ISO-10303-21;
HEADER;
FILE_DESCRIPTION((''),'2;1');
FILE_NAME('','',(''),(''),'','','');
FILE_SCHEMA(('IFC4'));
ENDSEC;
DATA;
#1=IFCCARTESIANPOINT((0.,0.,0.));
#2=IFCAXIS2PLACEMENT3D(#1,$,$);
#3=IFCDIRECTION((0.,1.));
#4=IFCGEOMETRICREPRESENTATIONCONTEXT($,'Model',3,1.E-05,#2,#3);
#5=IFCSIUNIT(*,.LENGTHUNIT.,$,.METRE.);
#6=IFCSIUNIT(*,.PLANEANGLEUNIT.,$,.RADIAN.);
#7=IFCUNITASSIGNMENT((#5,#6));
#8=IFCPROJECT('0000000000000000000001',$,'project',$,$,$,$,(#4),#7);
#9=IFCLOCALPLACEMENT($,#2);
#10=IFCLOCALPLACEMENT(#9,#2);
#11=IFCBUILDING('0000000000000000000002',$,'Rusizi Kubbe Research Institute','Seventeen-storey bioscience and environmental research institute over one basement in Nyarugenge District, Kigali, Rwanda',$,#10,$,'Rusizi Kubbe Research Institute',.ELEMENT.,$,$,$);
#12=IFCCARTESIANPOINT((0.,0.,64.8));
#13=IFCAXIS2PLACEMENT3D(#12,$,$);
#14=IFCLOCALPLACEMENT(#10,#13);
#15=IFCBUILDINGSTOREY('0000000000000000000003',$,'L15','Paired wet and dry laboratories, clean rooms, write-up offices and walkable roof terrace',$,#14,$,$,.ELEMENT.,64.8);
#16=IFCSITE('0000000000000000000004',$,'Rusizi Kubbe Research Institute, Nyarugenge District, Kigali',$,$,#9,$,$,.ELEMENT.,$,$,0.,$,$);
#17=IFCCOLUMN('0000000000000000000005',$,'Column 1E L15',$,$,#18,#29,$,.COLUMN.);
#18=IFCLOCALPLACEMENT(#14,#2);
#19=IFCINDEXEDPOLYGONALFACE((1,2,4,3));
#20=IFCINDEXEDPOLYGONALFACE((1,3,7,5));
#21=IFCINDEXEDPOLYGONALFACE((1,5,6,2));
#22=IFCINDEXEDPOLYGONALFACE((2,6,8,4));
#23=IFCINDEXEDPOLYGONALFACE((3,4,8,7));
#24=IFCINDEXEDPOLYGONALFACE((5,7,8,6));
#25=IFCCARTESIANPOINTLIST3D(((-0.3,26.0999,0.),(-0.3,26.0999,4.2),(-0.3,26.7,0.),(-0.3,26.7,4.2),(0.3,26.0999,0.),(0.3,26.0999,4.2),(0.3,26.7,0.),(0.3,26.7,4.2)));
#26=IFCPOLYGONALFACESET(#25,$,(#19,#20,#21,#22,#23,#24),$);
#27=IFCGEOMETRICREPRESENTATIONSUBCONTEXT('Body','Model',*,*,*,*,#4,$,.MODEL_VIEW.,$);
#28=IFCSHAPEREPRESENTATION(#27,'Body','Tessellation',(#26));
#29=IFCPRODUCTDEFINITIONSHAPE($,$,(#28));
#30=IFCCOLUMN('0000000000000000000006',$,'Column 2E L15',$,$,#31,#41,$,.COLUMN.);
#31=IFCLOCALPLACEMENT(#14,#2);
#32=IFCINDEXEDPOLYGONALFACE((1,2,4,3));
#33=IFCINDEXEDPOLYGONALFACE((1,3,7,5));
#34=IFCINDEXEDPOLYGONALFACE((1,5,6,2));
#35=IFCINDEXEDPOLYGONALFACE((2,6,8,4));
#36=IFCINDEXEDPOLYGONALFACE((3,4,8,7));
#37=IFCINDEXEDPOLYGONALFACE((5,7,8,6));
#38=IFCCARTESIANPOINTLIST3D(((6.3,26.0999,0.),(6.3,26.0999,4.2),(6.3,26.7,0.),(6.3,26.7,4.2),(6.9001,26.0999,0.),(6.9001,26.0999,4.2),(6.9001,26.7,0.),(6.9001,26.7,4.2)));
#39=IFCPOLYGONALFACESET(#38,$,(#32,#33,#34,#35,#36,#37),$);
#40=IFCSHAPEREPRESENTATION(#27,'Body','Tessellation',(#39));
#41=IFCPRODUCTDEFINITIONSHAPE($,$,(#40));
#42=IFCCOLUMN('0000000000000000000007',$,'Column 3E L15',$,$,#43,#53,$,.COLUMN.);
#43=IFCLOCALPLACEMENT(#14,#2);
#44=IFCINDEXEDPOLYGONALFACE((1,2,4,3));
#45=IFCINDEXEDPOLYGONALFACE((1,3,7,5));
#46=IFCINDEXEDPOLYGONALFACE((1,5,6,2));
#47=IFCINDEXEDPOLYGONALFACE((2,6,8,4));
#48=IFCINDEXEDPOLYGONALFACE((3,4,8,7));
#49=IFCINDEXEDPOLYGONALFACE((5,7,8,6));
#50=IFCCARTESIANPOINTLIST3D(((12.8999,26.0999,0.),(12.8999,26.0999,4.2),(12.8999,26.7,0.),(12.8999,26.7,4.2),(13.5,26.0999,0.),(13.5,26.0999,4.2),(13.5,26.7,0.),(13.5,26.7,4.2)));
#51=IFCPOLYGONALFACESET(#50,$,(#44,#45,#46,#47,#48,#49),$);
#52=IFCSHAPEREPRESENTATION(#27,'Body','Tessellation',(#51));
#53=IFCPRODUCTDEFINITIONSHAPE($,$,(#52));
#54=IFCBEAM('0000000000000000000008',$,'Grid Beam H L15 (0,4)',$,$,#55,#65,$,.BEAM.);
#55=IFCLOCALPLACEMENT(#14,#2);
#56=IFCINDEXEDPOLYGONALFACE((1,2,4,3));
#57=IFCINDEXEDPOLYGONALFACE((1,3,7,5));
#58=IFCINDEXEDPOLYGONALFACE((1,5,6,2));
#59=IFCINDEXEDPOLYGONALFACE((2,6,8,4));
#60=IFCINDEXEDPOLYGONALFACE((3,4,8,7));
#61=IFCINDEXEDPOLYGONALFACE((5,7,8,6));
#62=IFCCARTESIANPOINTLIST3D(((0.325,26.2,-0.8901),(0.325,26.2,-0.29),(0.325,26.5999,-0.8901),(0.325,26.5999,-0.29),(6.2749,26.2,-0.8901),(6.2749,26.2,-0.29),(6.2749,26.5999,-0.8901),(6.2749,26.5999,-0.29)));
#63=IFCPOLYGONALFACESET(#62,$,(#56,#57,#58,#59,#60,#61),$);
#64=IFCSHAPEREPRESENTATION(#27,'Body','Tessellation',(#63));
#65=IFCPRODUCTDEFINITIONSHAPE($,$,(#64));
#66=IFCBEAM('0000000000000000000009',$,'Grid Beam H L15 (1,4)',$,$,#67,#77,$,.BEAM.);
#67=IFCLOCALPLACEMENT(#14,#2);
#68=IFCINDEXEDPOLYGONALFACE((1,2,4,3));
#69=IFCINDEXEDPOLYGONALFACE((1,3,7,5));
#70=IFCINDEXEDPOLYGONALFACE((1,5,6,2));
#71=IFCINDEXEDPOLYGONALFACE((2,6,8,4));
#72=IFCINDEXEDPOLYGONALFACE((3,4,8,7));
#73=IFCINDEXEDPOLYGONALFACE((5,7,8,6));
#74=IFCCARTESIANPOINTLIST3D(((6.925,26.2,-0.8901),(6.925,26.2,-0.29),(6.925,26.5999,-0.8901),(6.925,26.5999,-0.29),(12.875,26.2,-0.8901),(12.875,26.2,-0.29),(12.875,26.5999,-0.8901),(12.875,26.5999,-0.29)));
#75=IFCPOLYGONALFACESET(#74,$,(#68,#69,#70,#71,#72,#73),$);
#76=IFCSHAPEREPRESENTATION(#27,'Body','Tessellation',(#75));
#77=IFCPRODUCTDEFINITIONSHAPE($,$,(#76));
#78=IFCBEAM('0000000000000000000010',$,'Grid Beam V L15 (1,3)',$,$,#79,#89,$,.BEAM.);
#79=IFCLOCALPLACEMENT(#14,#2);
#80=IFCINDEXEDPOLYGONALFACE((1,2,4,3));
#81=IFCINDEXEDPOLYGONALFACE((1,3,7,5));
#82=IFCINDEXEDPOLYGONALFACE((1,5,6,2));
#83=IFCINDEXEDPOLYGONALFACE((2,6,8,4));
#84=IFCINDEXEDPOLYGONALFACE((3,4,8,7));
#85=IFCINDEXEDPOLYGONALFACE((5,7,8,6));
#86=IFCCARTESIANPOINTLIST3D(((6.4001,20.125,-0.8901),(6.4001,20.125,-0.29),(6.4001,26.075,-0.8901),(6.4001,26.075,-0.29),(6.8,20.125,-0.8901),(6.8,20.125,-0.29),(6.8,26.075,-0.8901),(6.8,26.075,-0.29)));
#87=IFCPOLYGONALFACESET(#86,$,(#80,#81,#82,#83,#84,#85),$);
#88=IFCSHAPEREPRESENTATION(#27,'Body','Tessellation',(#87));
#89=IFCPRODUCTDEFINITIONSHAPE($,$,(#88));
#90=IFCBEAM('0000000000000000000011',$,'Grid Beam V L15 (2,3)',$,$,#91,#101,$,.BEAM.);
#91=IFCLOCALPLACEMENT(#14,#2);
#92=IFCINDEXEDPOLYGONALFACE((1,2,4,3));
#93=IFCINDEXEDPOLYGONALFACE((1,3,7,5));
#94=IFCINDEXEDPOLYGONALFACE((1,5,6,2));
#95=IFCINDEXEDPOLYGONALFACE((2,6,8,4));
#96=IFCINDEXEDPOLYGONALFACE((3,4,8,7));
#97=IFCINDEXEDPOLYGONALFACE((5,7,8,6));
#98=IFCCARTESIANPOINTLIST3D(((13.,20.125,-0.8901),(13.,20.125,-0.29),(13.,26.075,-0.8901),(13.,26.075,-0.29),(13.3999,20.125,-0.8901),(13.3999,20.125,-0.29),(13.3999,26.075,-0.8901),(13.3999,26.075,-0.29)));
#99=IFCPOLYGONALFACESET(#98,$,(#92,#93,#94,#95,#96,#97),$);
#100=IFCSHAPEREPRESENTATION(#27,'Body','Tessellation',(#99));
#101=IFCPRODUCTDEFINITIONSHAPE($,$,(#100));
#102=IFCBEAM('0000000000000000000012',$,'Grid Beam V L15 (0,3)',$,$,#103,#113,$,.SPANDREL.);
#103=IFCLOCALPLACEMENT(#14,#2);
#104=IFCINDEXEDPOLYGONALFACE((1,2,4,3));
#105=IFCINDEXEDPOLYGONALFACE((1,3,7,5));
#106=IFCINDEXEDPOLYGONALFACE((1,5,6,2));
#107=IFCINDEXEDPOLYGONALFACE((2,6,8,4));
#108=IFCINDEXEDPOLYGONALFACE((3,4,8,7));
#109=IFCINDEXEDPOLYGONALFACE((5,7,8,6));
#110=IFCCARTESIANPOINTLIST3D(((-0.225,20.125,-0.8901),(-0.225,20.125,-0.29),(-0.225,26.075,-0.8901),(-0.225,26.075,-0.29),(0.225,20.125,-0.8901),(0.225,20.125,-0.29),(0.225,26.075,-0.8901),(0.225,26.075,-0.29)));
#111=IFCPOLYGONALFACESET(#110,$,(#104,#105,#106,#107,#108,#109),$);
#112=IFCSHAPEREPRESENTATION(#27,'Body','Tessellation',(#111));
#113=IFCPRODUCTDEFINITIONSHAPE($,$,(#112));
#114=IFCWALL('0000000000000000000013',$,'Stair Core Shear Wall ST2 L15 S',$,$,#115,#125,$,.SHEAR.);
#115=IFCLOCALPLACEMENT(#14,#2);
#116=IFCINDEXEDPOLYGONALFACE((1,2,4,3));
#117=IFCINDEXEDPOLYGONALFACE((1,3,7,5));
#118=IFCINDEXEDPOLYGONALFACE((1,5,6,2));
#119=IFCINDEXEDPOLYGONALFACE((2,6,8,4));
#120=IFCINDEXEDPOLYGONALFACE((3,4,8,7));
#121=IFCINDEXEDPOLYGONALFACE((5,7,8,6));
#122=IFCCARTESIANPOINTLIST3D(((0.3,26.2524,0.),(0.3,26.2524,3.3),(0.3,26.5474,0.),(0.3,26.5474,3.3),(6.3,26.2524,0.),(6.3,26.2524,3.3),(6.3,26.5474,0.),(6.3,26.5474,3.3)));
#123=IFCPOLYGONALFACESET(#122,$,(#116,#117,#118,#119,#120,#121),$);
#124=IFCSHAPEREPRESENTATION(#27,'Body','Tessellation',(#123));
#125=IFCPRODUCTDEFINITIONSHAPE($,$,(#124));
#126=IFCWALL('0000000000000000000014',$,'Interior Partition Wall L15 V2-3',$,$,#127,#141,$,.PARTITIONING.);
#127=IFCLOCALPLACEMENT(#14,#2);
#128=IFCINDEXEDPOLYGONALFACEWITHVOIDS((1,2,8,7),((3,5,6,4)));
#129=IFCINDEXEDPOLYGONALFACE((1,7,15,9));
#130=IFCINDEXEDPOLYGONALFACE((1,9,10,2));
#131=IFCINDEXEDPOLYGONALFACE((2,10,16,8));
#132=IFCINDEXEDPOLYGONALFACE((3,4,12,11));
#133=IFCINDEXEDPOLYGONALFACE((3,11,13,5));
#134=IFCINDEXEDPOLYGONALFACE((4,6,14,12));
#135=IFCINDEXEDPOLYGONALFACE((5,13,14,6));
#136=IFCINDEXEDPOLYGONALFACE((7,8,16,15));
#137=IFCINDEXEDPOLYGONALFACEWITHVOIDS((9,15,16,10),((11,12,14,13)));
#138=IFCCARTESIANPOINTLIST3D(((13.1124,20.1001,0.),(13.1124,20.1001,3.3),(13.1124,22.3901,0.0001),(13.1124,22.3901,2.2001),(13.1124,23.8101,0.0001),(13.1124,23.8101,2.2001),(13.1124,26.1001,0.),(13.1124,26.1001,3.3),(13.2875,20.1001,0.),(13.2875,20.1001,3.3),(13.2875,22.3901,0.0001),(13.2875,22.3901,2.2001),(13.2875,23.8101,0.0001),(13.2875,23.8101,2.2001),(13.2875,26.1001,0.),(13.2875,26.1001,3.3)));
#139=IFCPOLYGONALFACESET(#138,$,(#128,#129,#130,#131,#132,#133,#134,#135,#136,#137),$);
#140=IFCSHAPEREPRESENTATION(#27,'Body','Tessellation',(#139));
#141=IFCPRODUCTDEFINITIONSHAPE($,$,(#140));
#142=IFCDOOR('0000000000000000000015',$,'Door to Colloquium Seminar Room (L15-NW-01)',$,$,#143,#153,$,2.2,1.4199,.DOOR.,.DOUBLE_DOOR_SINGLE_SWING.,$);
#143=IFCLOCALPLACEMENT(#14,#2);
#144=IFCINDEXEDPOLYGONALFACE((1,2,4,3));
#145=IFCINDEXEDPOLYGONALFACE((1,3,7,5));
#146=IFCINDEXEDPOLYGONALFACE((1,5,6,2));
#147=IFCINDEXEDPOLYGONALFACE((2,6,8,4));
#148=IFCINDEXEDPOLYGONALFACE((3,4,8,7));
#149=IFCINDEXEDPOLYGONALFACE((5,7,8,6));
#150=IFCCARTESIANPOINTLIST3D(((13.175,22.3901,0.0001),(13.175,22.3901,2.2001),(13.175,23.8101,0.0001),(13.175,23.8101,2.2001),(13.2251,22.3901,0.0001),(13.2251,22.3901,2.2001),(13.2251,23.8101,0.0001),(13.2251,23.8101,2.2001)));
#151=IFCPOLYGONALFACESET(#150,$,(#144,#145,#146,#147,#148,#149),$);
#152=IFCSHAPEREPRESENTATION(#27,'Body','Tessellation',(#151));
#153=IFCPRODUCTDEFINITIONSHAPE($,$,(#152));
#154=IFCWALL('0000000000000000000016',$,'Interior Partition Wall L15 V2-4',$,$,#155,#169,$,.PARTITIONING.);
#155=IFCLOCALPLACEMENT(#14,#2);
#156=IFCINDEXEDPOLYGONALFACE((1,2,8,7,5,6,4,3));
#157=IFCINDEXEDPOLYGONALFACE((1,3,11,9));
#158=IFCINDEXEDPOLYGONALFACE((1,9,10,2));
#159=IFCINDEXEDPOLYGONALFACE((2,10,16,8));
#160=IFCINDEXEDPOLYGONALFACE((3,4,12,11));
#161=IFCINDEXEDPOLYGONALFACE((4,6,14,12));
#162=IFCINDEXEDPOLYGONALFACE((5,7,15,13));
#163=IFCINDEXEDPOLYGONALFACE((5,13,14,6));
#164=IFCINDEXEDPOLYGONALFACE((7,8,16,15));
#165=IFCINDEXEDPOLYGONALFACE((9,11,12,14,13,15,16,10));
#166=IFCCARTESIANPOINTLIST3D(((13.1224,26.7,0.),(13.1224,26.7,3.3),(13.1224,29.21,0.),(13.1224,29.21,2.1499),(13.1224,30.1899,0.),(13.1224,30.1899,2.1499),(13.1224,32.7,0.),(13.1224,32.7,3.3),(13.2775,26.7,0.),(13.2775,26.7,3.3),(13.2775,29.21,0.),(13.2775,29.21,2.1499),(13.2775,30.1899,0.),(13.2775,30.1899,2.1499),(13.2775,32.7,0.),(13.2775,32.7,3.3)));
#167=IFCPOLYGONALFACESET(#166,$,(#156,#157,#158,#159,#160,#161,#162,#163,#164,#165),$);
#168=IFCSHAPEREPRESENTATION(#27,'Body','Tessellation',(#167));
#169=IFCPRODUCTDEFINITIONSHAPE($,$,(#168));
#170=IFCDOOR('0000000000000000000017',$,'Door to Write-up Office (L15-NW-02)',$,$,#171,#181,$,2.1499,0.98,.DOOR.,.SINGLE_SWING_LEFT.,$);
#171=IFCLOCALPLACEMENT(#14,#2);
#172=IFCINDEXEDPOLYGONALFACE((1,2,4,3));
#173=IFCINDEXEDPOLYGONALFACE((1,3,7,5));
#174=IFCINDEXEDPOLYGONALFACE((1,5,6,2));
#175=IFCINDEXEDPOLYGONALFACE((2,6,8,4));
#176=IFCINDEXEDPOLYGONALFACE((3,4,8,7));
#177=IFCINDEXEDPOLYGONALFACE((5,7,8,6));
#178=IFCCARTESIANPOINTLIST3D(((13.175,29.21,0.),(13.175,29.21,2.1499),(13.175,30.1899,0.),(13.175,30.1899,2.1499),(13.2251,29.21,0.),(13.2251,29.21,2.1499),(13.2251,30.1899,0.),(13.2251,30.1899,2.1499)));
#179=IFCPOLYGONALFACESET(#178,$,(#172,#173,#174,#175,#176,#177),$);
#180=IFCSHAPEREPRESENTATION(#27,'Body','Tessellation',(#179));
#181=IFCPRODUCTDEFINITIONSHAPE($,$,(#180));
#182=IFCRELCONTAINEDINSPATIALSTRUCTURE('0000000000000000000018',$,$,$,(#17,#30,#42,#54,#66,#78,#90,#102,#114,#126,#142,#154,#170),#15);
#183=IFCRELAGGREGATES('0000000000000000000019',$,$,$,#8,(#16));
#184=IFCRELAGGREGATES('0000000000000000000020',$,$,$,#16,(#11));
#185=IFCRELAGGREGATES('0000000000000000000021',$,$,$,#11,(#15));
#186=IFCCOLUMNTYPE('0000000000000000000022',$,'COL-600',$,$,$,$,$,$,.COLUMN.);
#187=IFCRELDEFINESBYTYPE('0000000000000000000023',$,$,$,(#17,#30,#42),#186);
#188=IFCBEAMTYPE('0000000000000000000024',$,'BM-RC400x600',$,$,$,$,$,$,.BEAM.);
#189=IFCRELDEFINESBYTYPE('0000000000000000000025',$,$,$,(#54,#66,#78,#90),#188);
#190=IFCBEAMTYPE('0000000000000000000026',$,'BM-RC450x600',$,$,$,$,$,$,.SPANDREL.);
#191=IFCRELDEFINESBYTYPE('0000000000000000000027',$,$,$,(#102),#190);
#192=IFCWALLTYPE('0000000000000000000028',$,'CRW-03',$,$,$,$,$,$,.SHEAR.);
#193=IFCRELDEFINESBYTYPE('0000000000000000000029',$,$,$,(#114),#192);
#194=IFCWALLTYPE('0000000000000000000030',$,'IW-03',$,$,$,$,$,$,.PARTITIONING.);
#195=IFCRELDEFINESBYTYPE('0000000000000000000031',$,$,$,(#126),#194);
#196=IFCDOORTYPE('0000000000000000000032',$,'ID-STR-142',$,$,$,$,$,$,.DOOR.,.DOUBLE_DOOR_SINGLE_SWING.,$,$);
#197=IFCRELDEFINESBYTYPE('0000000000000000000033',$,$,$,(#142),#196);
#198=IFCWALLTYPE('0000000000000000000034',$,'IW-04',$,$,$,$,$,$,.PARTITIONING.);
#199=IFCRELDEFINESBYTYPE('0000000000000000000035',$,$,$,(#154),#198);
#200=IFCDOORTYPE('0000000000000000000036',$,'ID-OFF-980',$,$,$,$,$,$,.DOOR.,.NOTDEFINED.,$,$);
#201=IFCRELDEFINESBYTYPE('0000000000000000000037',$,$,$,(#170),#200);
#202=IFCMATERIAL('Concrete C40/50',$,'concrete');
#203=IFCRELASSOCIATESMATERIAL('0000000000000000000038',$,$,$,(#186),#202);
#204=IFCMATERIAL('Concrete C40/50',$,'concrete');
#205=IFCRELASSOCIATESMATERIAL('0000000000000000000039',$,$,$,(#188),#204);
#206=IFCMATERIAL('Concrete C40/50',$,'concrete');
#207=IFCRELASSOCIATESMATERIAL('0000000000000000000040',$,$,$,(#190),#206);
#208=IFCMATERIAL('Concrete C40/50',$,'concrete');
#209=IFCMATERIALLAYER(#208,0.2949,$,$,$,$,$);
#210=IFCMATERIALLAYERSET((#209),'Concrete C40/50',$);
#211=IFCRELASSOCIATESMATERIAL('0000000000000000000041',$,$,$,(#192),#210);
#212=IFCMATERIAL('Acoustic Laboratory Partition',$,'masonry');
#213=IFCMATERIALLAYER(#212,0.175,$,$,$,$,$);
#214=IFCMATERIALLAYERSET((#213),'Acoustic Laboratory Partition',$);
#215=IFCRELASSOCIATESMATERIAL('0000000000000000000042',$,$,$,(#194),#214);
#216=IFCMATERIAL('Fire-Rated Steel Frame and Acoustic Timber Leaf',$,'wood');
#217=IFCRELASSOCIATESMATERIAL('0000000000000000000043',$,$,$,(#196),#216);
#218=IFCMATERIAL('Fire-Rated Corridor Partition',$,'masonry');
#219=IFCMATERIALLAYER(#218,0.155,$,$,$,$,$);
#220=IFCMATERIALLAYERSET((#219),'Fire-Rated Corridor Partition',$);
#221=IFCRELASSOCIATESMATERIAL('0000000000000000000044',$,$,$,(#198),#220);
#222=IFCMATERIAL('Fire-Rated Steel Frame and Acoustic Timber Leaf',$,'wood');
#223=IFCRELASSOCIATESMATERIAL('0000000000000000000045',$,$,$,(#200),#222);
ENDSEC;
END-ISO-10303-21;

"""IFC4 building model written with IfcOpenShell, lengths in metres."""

from ifc_helpers import new_model, si_unit, direction, frame, frame_2d, origin, origin_2d, place, context, subcontext, project, spatial, rectangle, extrude, material, layer, layer_set, material_profile, profile_set, type_object, element, fill, save


model = new_model("IFC4")

# Units and contexts
model_context = context("Model", 3, precision=1e-05, world=origin(), true_north=direction((0.0, 1.0)))
body_context = subcontext(model_context, "Body", "Model", "MODEL_VIEW")
ifc_project = project(units=[si_unit("LENGTHUNIT", "METRE"), si_unit("PLANEANGLEUNIT", "RADIAN")], contexts=[model_context])

# Site, building, storey
site_placement = place(None, origin())
site = spatial("IfcSite", under=ifc_project, at=site_placement, Name="Rusizi Kubbe Research Institute, Nyarugenge District, Kigali", CompositionType="ELEMENT", RefElevation=0.0)
building_placement = place(site_placement, origin())
building = spatial("IfcBuilding", under=site, at=building_placement, Name="Rusizi Kubbe Research Institute", Description="Seventeen-storey bioscience and environmental research institute over one basement in Nyarugenge District, Kigali, Rwanda", LongName="Rusizi Kubbe Research Institute", CompositionType="ELEMENT")
storey_placement = place(building_placement, frame((0.0, 0.0, 64.8)))
storey = spatial("IfcBuildingStorey", under=building, at=storey_placement, Name="L15", Description="Paired wet and dry laboratories, clean rooms, write-up offices and walkable roof terrace", CompositionType="ELEMENT", Elevation=64.8)

# Columns
ifc_material_1 = material(Name="Concrete C40/50", Category="concrete")
ifc_material_profile_1 = material_profile(ifc_material_1, rectangle(XDim=0.6001, YDim=0.6001, at=origin_2d()), Name="RC600x600")
ifc_profile_set_1 = profile_set([ifc_material_profile_1], Name="Concrete C40/50")
column_type = type_object("IfcColumnType", Name="COL-600", PredefinedType="COLUMN", material=ifc_profile_set_1)
for number, where, z_axis, x_axis, name in (
    (1, (0.0, 26.3999, 0.0), (0.0, 0.0, 1.0), (1.0, 0.0, 0.0), "Column 1E L15"),
    (2, (6.6001, 26.3999, 0.0), (0.0, 0.0, 1.0), (1.0, 0.0, 0.0), "Column 2E L15"),
    (3, (13.2, 26.3999, 0.0), (0.0, 0.0, 1.0), (1.0, 0.0, 0.0), "Column 3E L15"),
):
    element("IfcColumn", number, at=place(storey_placement, frame(where, z_axis=z_axis, x_axis=x_axis)), inside=storey, type_object=column_type, Name=name, PredefinedType="COLUMN", context=body_context, shape_type="SweptSolid", body=[
        extrude(rectangle(XDim=0.6001, YDim=0.6001, at=origin_2d()), origin(), (0.0, 0.0, 1.0), 4.2),
    ])

# Beams
ifc_material_2 = material(Name="Concrete C40/50", Category="concrete")
ifc_material_profile_2 = material_profile(ifc_material_2, rectangle(XDim=0.3999, YDim=0.6001, at=origin_2d()), Name="RC400x600")
ifc_profile_set_2 = profile_set([ifc_material_profile_2], Name="Concrete C40/50")
beam_type_1 = type_object("IfcBeamType", Name="BM-RC400x600", PredefinedType="BEAM", material=ifc_profile_set_2)
for number, where, z_axis, x_axis, name in (
    (4, (0.325, 26.3999, -0.5901), (1.0, 0.0, 0.0), (0.0, 1.0, 0.0), "Grid Beam H L15 (0,4)"),
    (5, (6.925, 26.3999, -0.5901), (1.0, 0.0, 0.0), (0.0, 1.0, 0.0), "Grid Beam H L15 (1,4)"),
    (6, (6.6001, 20.125, -0.5901), (0.0, 1.0, 0.0), (-1.0, 0.0, 0.0), "Grid Beam V L15 (1,3)"),
    (7, (13.2, 20.125, -0.5901), (0.0, 1.0, 0.0), (-1.0, 0.0, 0.0), "Grid Beam V L15 (2,3)"),
):
    element("IfcBeam", number, at=place(storey_placement, frame(where, z_axis=z_axis, x_axis=x_axis)), inside=storey, type_object=beam_type_1, Name=name, PredefinedType="BEAM", context=body_context, shape_type="SweptSolid", body=[
        extrude(rectangle(XDim=0.3999, YDim=0.6001, at=origin_2d()), origin(), (0.0, 0.0, 1.0), 5.95),
    ])
ifc_material_3 = material(Name="Concrete C40/50", Category="concrete")
ifc_material_profile_3 = material_profile(ifc_material_3, rectangle(XDim=0.45, YDim=0.6001, at=origin_2d()), Name="RC450x600")
ifc_profile_set_3 = profile_set([ifc_material_profile_3], Name="Concrete C40/50")
beam_type_2 = type_object("IfcBeamType", Name="BM-RC450x600", PredefinedType="SPANDREL", material=ifc_profile_set_3)
beam_placement = place(storey_placement, frame((0.0, 20.125, -0.5901), z_axis=(0.0, 1.0, 0.0), x_axis=(-1.0, 0.0, 0.0)))
element("IfcBeam", 8, at=beam_placement, inside=storey, type_object=beam_type_2, Name="Grid Beam V L15 (0,3)", PredefinedType="SPANDREL", context=body_context, shape_type="SweptSolid", body=[
    extrude(rectangle(XDim=0.45, YDim=0.6001, at=origin_2d()), origin(), (0.0, 0.0, 1.0), 5.95),
])

# Wall
ifc_material_4 = material(Name="Concrete C40/50", Category="concrete")
ifc_layer_1 = layer(ifc_material_4, 0.2949)
ifc_layer_set_1 = layer_set([ifc_layer_1], Name="Concrete C40/50")
wall_type_1 = type_object("IfcWallType", Name="CRW-03", PredefinedType="SHEAR", material=ifc_layer_set_1)
wall_1_placement = place(storey_placement, frame((0.3, 26.3999, 0.0), z_axis=(0.0, 0.0, 1.0), x_axis=(1.0, 0.0, 0.0)))
element("IfcWall", 9, at=wall_1_placement, inside=storey, type_object=wall_type_1, Name="Stair Core Shear Wall ST2 L15 S", PredefinedType="SHEAR", context=body_context, shape_type="SweptSolid", body=[
    extrude(rectangle(XDim=6.0, YDim=0.2949, at=frame_2d((3.0, 0.0))), origin(), (0.0, 0.0, 1.0), 3.3),
])

# Walls, openings, doors
ifc_material_5 = material(Name="Acoustic Laboratory Partition", Category="masonry")
ifc_layer_2 = layer(ifc_material_5, 0.175)
ifc_layer_set_2 = layer_set([ifc_layer_2], Name="Acoustic Laboratory Partition")
wall_type_2 = type_object("IfcWallType", Name="IW-03", PredefinedType="PARTITIONING", material=ifc_layer_set_2)
wall_2_placement = place(storey_placement, frame((13.2, 20.1001, 0.0), z_axis=(0.0, 0.0, 1.0), x_axis=(0.0, 1.0, 0.0)))
wall_2 = element("IfcWall", 10, at=wall_2_placement, inside=storey, type_object=wall_type_2, Name="Interior Partition Wall L15 V2-3", PredefinedType="PARTITIONING", context=body_context, shape_type="SweptSolid", body=[
    extrude(rectangle(XDim=6.0, YDim=0.175, at=frame_2d((3.0, 0.0))), origin(), (0.0, 0.0, 1.0), 3.3),
])
opening_1_placement = place(wall_2_placement, frame((2.29, 0.0, 0.0)))
opening_1 = element("IfcOpeningElement", 11, at=opening_1_placement, cuts=wall_2, PredefinedType="OPENING", context=body_context, shape_type="SweptSolid", body=[
    extrude(rectangle(XDim=1.4199, YDim=2.2, at=frame_2d((0.71, 1.1001))), frame((0.0, 0.0974, 0.0), z_axis=(0.0, -1.0, 0.0), x_axis=(1.0, 0.0, 0.0)), (0.0, 0.0, 1.0), 0.1951),
])
ifc_material_6 = material(Name="Fire-Rated Steel Frame and Acoustic Timber Leaf", Category="wood")
door_type_1 = type_object("IfcDoorType", Name="ID-STR-142", OperationType="DOUBLE_DOOR_SINGLE_SWING", PredefinedType="DOOR", material=ifc_material_6)
door_1_placement = place(opening_1_placement, origin())
door_1 = element("IfcDoor", 12, at=door_1_placement, inside=storey, type_object=door_type_1, Name="Door to Colloquium Seminar Room (L15-NW-01)", OperationType="DOUBLE_DOOR_SINGLE_SWING", OverallHeight=2.2, OverallWidth=1.4199, PredefinedType="DOOR", context=body_context, shape_type="SweptSolid", body=[
    extrude(rectangle(XDim=1.4199, YDim=2.2, at=frame_2d((0.71, 1.1001))), frame((0.0, 0.0249, 0.0), z_axis=(0.0, -1.0, 0.0), x_axis=(1.0, 0.0, 0.0)), (0.0, 0.0, 1.0), 0.05),
])
fill(opening_1, door_1)
ifc_material_7 = material(Name="Fire-Rated Corridor Partition", Category="masonry")
ifc_layer_3 = layer(ifc_material_7, 0.155)
ifc_layer_set_3 = layer_set([ifc_layer_3], Name="Fire-Rated Corridor Partition")
wall_type_3 = type_object("IfcWallType", Name="IW-04", PredefinedType="PARTITIONING", material=ifc_layer_set_3)
wall_3_placement = place(storey_placement, frame((13.2, 26.7, 0.0), z_axis=(0.0, 0.0, 1.0), x_axis=(0.0, 1.0, 0.0)))
wall_3 = element("IfcWall", 13, at=wall_3_placement, inside=storey, type_object=wall_type_3, Name="Interior Partition Wall L15 V2-4", PredefinedType="PARTITIONING", context=body_context, shape_type="SweptSolid", body=[
    extrude(rectangle(XDim=6.0, YDim=0.155, at=frame_2d((3.0, 0.0))), origin(), (0.0, 0.0, 1.0), 3.3),
])
opening_2_placement = place(wall_3_placement, frame((2.51, 0.0, 0.0)))
opening_2 = element("IfcOpeningElement", 14, at=opening_2_placement, cuts=wall_3, PredefinedType="OPENING", context=body_context, shape_type="SweptSolid", body=[
    extrude(rectangle(XDim=0.98, YDim=2.1499, at=frame_2d((0.49, 1.075))), frame((0.0, 0.0874, 0.0), z_axis=(0.0, -1.0, 0.0), x_axis=(1.0, 0.0, 0.0)), (0.0, 0.0, 1.0), 0.175),
])
ifc_material_8 = material(Name="Fire-Rated Steel Frame and Acoustic Timber Leaf", Category="wood")
door_type_2 = type_object("IfcDoorType", Name="ID-OFF-980", OperationType="NOTDEFINED", PredefinedType="DOOR", material=ifc_material_8)
door_2_placement = place(opening_2_placement, origin())
door_2 = element("IfcDoor", 15, at=door_2_placement, inside=storey, type_object=door_type_2, Name="Door to Write-up Office (L15-NW-02)", OperationType="SINGLE_SWING_LEFT", OverallHeight=2.1499, OverallWidth=0.98, PredefinedType="DOOR", context=body_context, shape_type="SweptSolid", body=[
    extrude(rectangle(XDim=0.98, YDim=2.1499, at=frame_2d((0.49, 1.075))), frame((0.0, 0.0249, 0.0), z_axis=(0.0, -1.0, 0.0), x_axis=(1.0, 0.0, 0.0)), (0.0, 0.0, 1.0), 0.05),
])
fill(opening_2, door_2)

save(model, "model.ifc")
